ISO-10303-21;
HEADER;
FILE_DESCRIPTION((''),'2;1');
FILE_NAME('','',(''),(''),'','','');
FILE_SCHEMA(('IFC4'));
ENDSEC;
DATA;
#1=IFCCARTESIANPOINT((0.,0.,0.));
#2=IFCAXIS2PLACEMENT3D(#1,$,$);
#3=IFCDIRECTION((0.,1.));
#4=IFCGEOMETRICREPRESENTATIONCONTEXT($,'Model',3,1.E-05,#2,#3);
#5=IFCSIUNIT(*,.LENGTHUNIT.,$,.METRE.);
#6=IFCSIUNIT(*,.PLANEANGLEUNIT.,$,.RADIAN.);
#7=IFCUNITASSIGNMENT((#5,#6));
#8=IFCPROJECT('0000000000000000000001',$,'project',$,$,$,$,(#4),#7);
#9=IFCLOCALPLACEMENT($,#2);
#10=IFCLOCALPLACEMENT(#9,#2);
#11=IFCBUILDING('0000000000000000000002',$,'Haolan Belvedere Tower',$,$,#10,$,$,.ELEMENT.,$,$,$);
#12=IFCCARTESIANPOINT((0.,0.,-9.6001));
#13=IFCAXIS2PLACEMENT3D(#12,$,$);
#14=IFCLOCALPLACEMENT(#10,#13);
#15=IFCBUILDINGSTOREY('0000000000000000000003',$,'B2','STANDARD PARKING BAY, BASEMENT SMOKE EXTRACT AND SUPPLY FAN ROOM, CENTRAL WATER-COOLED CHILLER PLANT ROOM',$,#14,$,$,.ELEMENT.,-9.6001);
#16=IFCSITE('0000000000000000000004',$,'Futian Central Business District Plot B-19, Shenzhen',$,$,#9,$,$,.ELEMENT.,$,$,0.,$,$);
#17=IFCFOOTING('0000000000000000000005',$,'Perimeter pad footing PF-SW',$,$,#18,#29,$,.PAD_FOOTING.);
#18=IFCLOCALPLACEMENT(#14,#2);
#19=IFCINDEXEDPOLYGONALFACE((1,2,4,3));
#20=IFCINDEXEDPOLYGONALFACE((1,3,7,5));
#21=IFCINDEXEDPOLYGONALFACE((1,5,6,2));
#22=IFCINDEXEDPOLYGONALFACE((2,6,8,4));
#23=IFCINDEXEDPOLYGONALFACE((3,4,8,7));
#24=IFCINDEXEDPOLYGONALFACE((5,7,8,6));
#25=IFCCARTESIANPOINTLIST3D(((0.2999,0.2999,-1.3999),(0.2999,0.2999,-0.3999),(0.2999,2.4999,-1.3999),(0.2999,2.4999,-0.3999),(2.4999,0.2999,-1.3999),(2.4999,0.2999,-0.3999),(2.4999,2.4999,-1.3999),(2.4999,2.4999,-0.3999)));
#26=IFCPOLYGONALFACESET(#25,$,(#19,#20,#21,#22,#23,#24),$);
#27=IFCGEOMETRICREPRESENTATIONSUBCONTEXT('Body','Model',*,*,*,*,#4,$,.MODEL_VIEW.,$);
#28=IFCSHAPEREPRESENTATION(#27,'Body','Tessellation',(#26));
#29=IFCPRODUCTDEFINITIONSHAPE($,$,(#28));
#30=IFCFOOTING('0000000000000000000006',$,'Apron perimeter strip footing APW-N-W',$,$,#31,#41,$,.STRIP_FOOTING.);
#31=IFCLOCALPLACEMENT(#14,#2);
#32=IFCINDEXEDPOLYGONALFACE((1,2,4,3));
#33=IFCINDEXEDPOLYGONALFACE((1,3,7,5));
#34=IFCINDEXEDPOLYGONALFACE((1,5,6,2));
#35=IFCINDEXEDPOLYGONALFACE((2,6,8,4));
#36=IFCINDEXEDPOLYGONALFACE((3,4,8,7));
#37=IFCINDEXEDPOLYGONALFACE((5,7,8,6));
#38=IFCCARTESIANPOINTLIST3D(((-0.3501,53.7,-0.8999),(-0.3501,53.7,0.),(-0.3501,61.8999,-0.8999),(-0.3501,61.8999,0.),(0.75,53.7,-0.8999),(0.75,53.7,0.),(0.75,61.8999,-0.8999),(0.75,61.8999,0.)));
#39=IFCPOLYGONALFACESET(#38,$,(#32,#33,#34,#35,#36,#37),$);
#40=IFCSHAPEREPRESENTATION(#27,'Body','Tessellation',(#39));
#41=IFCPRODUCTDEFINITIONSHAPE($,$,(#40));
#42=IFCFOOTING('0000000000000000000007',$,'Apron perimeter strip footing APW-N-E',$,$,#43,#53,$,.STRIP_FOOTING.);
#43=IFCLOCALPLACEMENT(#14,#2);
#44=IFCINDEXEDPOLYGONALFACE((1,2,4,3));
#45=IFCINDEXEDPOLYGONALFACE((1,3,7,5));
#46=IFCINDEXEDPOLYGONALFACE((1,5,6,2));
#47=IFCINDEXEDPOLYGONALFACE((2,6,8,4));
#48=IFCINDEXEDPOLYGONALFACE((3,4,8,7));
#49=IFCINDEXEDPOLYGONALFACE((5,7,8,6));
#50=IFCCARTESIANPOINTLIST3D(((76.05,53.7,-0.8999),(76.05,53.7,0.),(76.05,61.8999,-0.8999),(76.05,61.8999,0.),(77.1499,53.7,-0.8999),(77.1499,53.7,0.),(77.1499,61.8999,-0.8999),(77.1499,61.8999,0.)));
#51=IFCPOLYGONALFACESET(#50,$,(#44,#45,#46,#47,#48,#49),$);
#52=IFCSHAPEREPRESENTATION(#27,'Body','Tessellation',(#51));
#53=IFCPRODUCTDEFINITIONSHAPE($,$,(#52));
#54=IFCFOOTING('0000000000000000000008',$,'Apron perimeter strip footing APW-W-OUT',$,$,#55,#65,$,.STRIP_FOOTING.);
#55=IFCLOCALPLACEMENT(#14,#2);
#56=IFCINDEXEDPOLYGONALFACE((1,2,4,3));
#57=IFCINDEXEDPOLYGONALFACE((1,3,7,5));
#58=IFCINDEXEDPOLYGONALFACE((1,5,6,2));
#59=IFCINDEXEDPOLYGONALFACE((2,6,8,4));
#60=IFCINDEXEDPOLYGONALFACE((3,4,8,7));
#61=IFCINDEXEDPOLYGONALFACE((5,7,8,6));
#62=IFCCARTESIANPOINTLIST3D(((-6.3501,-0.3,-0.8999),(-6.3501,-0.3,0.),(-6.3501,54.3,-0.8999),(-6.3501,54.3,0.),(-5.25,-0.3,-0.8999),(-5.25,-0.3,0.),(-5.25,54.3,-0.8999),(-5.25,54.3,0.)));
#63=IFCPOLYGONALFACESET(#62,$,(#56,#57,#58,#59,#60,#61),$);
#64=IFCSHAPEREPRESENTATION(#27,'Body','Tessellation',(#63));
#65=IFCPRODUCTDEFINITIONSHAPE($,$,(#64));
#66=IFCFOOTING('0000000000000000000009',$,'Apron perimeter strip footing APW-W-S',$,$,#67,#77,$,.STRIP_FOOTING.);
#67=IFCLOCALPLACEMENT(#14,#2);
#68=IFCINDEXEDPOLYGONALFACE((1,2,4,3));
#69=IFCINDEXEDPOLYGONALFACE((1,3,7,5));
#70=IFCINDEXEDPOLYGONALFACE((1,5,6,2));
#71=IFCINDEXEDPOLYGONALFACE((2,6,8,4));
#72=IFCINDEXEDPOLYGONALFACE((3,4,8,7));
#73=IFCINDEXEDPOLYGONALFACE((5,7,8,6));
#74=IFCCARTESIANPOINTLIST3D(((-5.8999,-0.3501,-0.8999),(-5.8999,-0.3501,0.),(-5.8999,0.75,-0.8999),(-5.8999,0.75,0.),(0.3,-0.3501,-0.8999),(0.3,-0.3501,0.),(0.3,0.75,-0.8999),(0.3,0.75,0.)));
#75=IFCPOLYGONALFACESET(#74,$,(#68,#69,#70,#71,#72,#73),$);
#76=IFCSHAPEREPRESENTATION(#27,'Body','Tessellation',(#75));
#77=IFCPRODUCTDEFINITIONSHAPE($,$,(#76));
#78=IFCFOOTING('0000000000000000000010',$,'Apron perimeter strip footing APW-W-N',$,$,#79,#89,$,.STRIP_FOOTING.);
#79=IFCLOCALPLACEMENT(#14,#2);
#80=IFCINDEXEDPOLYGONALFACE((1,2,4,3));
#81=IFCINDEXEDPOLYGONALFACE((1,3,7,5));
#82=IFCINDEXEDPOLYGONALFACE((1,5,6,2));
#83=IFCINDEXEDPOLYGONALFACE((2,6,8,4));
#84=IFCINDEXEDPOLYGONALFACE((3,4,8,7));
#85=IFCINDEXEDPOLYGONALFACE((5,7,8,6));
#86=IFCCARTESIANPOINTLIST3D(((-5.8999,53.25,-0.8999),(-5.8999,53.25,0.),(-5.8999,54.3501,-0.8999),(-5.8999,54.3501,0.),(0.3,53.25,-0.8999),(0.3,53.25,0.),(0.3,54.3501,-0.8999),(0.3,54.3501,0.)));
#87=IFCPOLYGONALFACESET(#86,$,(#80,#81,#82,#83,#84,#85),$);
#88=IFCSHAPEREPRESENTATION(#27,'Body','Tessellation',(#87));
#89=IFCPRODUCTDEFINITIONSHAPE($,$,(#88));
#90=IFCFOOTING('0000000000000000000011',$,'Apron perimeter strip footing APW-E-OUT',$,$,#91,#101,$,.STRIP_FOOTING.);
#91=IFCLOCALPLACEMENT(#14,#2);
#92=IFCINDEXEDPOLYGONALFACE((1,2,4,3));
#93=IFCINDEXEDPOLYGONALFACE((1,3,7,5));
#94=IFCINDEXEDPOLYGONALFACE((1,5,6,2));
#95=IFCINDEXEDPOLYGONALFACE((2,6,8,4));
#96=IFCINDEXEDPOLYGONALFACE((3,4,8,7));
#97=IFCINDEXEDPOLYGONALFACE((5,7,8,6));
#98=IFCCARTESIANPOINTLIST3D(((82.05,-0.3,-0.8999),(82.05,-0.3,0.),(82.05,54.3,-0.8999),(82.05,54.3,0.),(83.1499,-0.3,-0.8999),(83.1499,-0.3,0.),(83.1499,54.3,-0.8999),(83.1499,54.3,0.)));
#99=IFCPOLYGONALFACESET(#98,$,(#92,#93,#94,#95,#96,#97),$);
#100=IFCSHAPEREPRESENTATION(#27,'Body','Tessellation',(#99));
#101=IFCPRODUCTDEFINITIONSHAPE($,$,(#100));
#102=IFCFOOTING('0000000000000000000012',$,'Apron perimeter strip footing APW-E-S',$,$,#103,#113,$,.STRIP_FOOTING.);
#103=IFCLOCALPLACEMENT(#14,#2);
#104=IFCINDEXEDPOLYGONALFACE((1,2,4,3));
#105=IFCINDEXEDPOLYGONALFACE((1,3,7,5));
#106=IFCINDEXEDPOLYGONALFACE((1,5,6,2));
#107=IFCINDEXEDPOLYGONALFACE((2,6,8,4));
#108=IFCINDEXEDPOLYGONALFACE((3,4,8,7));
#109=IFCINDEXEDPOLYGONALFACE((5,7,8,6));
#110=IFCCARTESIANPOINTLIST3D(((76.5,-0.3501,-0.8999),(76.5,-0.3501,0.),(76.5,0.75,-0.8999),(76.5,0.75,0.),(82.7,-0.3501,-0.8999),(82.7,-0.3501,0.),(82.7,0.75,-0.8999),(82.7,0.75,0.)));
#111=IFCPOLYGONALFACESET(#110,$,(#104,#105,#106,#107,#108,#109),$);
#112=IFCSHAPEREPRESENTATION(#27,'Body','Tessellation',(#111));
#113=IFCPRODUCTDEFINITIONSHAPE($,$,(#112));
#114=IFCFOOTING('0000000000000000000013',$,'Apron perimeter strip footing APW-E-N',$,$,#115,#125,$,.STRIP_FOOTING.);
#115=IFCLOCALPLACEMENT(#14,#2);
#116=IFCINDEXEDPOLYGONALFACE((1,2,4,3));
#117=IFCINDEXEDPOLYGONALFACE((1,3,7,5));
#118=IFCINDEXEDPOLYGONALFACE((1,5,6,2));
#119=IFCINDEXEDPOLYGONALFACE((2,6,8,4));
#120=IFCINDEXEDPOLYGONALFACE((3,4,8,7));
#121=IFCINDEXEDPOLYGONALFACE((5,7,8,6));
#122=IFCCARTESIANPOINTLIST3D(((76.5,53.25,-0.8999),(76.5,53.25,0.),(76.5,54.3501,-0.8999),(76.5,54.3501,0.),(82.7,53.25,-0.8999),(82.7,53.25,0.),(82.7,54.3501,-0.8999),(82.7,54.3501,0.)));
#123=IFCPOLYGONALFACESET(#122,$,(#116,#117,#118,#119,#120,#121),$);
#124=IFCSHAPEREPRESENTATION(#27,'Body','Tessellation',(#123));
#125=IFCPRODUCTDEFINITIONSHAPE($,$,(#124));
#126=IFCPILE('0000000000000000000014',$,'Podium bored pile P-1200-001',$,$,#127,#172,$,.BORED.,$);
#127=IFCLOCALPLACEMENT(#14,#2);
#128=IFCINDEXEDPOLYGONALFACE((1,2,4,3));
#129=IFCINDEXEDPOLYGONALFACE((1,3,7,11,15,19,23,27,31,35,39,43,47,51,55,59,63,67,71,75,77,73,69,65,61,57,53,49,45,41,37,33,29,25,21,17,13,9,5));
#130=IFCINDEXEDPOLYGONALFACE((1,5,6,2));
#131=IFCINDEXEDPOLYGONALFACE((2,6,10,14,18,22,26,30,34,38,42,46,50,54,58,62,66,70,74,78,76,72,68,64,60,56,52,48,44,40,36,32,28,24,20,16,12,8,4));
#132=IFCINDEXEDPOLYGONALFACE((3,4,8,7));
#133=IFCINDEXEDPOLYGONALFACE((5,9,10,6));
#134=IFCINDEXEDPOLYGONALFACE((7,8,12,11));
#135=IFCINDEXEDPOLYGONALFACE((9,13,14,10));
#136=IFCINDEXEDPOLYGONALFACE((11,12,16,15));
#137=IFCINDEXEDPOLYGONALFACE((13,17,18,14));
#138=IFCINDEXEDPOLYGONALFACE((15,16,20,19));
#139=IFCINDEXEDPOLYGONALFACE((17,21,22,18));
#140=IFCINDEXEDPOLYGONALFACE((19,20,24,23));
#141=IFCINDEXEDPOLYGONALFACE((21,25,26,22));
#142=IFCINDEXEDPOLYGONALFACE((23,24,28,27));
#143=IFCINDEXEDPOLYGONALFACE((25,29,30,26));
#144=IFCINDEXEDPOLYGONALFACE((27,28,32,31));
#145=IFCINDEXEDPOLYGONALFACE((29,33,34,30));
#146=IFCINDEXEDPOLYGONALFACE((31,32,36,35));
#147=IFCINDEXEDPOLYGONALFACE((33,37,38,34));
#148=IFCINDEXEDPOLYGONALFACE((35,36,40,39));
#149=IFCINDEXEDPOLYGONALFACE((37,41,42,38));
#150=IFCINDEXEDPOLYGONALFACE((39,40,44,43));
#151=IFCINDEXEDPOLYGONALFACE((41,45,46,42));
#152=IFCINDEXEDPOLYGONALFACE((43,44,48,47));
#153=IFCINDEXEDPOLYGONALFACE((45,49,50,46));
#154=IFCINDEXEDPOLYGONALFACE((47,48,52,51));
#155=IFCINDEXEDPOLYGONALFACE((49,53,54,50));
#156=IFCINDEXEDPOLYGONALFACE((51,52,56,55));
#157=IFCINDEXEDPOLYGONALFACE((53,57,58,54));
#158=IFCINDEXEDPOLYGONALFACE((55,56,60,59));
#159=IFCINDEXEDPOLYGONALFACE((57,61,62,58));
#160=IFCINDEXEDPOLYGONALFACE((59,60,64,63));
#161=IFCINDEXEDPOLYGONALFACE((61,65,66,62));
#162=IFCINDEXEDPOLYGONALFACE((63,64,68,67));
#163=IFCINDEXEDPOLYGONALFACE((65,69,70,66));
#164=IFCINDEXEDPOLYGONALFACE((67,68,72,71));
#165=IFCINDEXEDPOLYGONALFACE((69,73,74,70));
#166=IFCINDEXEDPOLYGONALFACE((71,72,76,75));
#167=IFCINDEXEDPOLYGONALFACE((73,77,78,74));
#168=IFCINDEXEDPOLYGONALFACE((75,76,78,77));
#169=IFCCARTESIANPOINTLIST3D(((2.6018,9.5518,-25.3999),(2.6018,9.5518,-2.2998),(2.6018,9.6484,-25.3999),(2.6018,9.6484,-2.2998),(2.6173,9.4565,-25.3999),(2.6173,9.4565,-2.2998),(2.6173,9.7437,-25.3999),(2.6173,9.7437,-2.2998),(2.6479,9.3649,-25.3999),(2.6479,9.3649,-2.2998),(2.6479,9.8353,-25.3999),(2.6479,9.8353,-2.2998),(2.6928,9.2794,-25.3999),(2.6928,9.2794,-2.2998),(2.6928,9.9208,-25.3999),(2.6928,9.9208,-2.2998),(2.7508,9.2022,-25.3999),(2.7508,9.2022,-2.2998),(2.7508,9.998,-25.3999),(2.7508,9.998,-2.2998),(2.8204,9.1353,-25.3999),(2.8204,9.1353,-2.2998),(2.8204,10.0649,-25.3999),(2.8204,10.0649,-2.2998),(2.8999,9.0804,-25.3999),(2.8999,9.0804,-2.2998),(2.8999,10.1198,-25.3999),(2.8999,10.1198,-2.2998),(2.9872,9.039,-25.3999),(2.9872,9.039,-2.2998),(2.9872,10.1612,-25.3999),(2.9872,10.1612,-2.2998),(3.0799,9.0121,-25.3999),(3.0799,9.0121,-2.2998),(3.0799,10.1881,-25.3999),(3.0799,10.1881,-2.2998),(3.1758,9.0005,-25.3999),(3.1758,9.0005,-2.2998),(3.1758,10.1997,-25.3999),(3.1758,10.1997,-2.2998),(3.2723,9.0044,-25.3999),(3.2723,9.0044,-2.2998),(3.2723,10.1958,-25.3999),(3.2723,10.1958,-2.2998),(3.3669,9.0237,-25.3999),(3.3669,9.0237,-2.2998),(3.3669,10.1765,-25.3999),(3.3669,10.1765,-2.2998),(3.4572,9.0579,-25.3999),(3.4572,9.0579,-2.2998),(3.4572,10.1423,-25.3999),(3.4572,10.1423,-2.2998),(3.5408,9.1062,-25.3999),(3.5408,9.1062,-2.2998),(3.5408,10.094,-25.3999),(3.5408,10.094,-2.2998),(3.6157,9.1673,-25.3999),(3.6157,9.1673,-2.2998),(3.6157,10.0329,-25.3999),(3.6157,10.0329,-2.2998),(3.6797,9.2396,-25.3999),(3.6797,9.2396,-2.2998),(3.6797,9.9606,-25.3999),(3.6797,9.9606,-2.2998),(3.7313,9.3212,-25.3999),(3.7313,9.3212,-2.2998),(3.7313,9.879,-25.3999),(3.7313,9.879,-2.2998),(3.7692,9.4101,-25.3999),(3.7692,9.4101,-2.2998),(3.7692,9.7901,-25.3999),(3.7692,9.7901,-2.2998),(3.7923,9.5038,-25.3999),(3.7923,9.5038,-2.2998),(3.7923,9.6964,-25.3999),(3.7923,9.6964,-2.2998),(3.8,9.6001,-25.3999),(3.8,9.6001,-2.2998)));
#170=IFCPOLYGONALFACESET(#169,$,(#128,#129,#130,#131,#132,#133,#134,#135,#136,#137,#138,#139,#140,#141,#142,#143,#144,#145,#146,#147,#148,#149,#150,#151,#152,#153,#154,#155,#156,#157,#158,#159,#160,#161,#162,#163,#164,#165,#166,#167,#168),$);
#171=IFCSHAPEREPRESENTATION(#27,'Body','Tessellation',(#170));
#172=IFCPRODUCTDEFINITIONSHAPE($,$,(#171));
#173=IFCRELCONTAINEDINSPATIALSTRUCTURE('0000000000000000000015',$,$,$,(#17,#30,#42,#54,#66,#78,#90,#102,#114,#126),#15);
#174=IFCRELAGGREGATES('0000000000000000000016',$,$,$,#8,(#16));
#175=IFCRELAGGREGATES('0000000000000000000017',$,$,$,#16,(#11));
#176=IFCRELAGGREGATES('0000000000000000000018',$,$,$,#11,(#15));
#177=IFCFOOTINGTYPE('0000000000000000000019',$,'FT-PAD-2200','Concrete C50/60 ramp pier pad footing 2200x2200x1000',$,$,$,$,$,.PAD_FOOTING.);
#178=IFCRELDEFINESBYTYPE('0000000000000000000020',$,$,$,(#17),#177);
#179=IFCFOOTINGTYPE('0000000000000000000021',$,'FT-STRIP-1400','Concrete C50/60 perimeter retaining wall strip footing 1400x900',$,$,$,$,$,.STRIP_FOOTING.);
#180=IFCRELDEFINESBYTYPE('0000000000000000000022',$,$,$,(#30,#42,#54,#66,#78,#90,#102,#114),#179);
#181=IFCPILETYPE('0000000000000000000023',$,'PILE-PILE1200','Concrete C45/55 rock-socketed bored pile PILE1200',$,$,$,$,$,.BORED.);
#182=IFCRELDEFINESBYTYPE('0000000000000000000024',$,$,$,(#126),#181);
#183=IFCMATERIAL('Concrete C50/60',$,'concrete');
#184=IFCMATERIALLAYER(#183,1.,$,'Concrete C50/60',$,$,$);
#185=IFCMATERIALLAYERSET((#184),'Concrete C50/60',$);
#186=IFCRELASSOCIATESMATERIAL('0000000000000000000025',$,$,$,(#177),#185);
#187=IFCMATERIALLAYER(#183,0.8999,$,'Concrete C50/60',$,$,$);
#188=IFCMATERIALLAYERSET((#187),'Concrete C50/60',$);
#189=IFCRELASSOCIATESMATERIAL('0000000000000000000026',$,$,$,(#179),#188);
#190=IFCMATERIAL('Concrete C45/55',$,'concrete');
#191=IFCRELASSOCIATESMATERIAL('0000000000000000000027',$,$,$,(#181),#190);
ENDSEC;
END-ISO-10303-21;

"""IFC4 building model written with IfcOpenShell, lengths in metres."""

from ifc_helpers import new_model, si_unit, direction, frame, origin, origin_2d, place, context, subcontext, project, spatial, polyline, rectangle, circle, outline, extrude, material, layer, layer_set, material_profile, profile_set, type_object, element, save


model = new_model("IFC4")

# Units and contexts
model_context = context("Model", 3, precision=1e-05, world=origin(), true_north=direction((0.0, 1.0)))
body_context = subcontext(model_context, "Body", "Model", "MODEL_VIEW")
ifc_project = project(units=[si_unit("LENGTHUNIT", "METRE"), si_unit("PLANEANGLEUNIT", "RADIAN")], contexts=[model_context])

# Site, building, storey
site_placement = place(None, origin())
site = spatial("IfcSite", under=ifc_project, at=site_placement, Name="Futian Central Business District Plot B-19, Shenzhen", CompositionType="ELEMENT", RefElevation=0.0)
building_placement = place(site_placement, origin())
building = spatial("IfcBuilding", under=site, at=building_placement, Name="Haolan Belvedere Tower", CompositionType="ELEMENT")
storey_placement = place(building_placement, frame((0.0, 0.0, -9.6001)))
storey = spatial("IfcBuildingStorey", under=building, at=storey_placement, Name="B2", Description="STANDARD PARKING BAY, BASEMENT SMOKE EXTRACT AND SUPPLY FAN ROOM, CENTRAL WATER-COOLED CHILLER PLANT ROOM", CompositionType="ELEMENT", Elevation=-9.6001)

# Footings
ifc_material_1 = material(Name="Concrete C50/60", Category="concrete")
ifc_layer_1 = layer(ifc_material_1, 1.0, Name="Concrete C50/60")
ifc_layer_set_1 = layer_set([ifc_layer_1], Name="Concrete C50/60")
footing_type_1 = type_object("IfcFootingType", Name="FT-PAD-2200", Description="Concrete C50/60 ramp pier pad footing 2200x2200x1000", PredefinedType="PAD_FOOTING", material=ifc_layer_set_1)
footing_1_placement = place(storey_placement, frame((1.3999, 1.3999, -1.3999), z_axis=(0.0, 0.0, 1.0), x_axis=(1.0, 0.0, 0.0)))
element("IfcFooting", 1, at=footing_1_placement, inside=storey, type_object=footing_type_1, Name="Perimeter pad footing PF-SW", PredefinedType="PAD_FOOTING", context=body_context, shape_type="SweptSolid", body=[
    extrude(rectangle(XDim=2.2, YDim=2.2, at=origin_2d()), origin(), (0.0, 0.0, 1.0), 1.0),
])
ifc_layer_2 = layer(ifc_material_1, 0.8999, Name="Concrete C50/60")
ifc_layer_set_2 = layer_set([ifc_layer_2], Name="Concrete C50/60")
footing_type_2 = type_object("IfcFootingType", Name="FT-STRIP-1400", Description="Concrete C50/60 perimeter retaining wall strip footing 1400x900", PredefinedType="STRIP_FOOTING", material=ifc_layer_set_2)
footing_2_placement = place(storey_placement, frame((0.0, 0.0, -0.8999)))
element("IfcFooting", 2, at=footing_2_placement, inside=storey, type_object=footing_type_2, Name="Apron perimeter strip footing APW-N-W", PredefinedType="STRIP_FOOTING", context=body_context, shape_type="SweptSolid", body=[
    extrude(outline(polyline([(-0.3501, 53.7), (0.75, 53.7), (0.75, 61.8999), (-0.3501, 61.8999), (-0.3501, 53.7)])), origin(), (0.0, 0.0, 1.0), 0.8999),
])
footing_3_placement = place(storey_placement, frame((0.0, 0.0, -0.8999)))
element("IfcFooting", 3, at=footing_3_placement, inside=storey, type_object=footing_type_2, Name="Apron perimeter strip footing APW-N-E", PredefinedType="STRIP_FOOTING", context=body_context, shape_type="SweptSolid", body=[
    extrude(outline(polyline([(76.05, 53.7), (77.1499, 53.7), (77.1499, 61.8999), (76.05, 61.8999), (76.05, 53.7)])), origin(), (0.0, 0.0, 1.0), 0.8999),
])
footing_4_placement = place(storey_placement, frame((0.0, 0.0, -0.8999)))
element("IfcFooting", 4, at=footing_4_placement, inside=storey, type_object=footing_type_2, Name="Apron perimeter strip footing APW-W-OUT", PredefinedType="STRIP_FOOTING", context=body_context, shape_type="SweptSolid", body=[
    extrude(outline(polyline([(-6.3501, -0.3), (-5.25, -0.3), (-5.25, 54.3), (-6.3501, 54.3), (-6.3501, -0.3)])), origin(), (0.0, 0.0, 1.0), 0.8999),
])
footing_5_placement = place(storey_placement, frame((0.0, 0.0, -0.8999)))
element("IfcFooting", 5, at=footing_5_placement, inside=storey, type_object=footing_type_2, Name="Apron perimeter strip footing APW-W-S", PredefinedType="STRIP_FOOTING", context=body_context, shape_type="SweptSolid", body=[
    extrude(outline(polyline([(-5.8999, -0.3501), (0.3, -0.3501), (0.3, 0.75), (-5.8999, 0.75), (-5.8999, -0.3501)])), origin(), (0.0, 0.0, 1.0), 0.8999),
])
footing_6_placement = place(storey_placement, frame((0.0, 0.0, -0.8999)))
element("IfcFooting", 6, at=footing_6_placement, inside=storey, type_object=footing_type_2, Name="Apron perimeter strip footing APW-W-N", PredefinedType="STRIP_FOOTING", context=body_context, shape_type="SweptSolid", body=[
    extrude(outline(polyline([(-5.8999, 53.25), (0.3, 53.25), (0.3, 54.3501), (-5.8999, 54.3501), (-5.8999, 53.25)])), origin(), (0.0, 0.0, 1.0), 0.8999),
])
footing_7_placement = place(storey_placement, frame((0.0, 0.0, -0.8999)))
element("IfcFooting", 7, at=footing_7_placement, inside=storey, type_object=footing_type_2, Name="Apron perimeter strip footing APW-E-OUT", PredefinedType="STRIP_FOOTING", context=body_context, shape_type="SweptSolid", body=[
    extrude(outline(polyline([(82.05, -0.3), (83.1499, -0.3), (83.1499, 54.3), (82.05, 54.3), (82.05, -0.3)])), origin(), (0.0, 0.0, 1.0), 0.8999),
])
footing_8_placement = place(storey_placement, frame((0.0, 0.0, -0.8999)))
element("IfcFooting", 8, at=footing_8_placement, inside=storey, type_object=footing_type_2, Name="Apron perimeter strip footing APW-E-S", PredefinedType="STRIP_FOOTING", context=body_context, shape_type="SweptSolid", body=[
    extrude(outline(polyline([(76.5, -0.3501), (82.7, -0.3501), (82.7, 0.75), (76.5, 0.75), (76.5, -0.3501)])), origin(), (0.0, 0.0, 1.0), 0.8999),
])
footing_9_placement = place(storey_placement, frame((0.0, 0.0, -0.8999)))
element("IfcFooting", 9, at=footing_9_placement, inside=storey, type_object=footing_type_2, Name="Apron perimeter strip footing APW-E-N", PredefinedType="STRIP_FOOTING", context=body_context, shape_type="SweptSolid", body=[
    extrude(outline(polyline([(76.5, 53.25), (82.7, 53.25), (82.7, 54.3501), (76.5, 54.3501), (76.5, 53.25)])), origin(), (0.0, 0.0, 1.0), 0.8999),
])

# Pile
ifc_material_2 = material(Name="Concrete C45/55", Category="concrete")
ifc_material_profile_1 = material_profile(ifc_material_2, circle(Radius=0.6001, at=origin_2d()), Name="Concrete C45/55")
ifc_profile_set_1 = profile_set([ifc_material_profile_1], Name="Concrete C45/55")
pile_type = type_object("IfcPileType", Name="PILE-PILE1200", Description="Concrete C45/55 rock-socketed bored pile PILE1200", PredefinedType="BORED", material=ifc_profile_set_1)
for number, where, z_axis, x_axis, name in (
    (10, (3.2, 9.6001, -2.2998), (0.0, 0.0, -1.0), (1.0, 0.0, 0.0), "Podium bored pile P-1200-001"),
):
    element("IfcPile", number, at=place(storey_placement, frame(where, z_axis=z_axis, x_axis=x_axis)), inside=storey, type_object=pile_type, Name=name, PredefinedType="BORED", context=body_context, shape_type="SweptSolid", body=[
        extrude(circle(Radius=0.6001, at=origin_2d()), origin(), (0.0, 0.0, 1.0), 23.1001),
    ])

save(model, "model.ifc")
